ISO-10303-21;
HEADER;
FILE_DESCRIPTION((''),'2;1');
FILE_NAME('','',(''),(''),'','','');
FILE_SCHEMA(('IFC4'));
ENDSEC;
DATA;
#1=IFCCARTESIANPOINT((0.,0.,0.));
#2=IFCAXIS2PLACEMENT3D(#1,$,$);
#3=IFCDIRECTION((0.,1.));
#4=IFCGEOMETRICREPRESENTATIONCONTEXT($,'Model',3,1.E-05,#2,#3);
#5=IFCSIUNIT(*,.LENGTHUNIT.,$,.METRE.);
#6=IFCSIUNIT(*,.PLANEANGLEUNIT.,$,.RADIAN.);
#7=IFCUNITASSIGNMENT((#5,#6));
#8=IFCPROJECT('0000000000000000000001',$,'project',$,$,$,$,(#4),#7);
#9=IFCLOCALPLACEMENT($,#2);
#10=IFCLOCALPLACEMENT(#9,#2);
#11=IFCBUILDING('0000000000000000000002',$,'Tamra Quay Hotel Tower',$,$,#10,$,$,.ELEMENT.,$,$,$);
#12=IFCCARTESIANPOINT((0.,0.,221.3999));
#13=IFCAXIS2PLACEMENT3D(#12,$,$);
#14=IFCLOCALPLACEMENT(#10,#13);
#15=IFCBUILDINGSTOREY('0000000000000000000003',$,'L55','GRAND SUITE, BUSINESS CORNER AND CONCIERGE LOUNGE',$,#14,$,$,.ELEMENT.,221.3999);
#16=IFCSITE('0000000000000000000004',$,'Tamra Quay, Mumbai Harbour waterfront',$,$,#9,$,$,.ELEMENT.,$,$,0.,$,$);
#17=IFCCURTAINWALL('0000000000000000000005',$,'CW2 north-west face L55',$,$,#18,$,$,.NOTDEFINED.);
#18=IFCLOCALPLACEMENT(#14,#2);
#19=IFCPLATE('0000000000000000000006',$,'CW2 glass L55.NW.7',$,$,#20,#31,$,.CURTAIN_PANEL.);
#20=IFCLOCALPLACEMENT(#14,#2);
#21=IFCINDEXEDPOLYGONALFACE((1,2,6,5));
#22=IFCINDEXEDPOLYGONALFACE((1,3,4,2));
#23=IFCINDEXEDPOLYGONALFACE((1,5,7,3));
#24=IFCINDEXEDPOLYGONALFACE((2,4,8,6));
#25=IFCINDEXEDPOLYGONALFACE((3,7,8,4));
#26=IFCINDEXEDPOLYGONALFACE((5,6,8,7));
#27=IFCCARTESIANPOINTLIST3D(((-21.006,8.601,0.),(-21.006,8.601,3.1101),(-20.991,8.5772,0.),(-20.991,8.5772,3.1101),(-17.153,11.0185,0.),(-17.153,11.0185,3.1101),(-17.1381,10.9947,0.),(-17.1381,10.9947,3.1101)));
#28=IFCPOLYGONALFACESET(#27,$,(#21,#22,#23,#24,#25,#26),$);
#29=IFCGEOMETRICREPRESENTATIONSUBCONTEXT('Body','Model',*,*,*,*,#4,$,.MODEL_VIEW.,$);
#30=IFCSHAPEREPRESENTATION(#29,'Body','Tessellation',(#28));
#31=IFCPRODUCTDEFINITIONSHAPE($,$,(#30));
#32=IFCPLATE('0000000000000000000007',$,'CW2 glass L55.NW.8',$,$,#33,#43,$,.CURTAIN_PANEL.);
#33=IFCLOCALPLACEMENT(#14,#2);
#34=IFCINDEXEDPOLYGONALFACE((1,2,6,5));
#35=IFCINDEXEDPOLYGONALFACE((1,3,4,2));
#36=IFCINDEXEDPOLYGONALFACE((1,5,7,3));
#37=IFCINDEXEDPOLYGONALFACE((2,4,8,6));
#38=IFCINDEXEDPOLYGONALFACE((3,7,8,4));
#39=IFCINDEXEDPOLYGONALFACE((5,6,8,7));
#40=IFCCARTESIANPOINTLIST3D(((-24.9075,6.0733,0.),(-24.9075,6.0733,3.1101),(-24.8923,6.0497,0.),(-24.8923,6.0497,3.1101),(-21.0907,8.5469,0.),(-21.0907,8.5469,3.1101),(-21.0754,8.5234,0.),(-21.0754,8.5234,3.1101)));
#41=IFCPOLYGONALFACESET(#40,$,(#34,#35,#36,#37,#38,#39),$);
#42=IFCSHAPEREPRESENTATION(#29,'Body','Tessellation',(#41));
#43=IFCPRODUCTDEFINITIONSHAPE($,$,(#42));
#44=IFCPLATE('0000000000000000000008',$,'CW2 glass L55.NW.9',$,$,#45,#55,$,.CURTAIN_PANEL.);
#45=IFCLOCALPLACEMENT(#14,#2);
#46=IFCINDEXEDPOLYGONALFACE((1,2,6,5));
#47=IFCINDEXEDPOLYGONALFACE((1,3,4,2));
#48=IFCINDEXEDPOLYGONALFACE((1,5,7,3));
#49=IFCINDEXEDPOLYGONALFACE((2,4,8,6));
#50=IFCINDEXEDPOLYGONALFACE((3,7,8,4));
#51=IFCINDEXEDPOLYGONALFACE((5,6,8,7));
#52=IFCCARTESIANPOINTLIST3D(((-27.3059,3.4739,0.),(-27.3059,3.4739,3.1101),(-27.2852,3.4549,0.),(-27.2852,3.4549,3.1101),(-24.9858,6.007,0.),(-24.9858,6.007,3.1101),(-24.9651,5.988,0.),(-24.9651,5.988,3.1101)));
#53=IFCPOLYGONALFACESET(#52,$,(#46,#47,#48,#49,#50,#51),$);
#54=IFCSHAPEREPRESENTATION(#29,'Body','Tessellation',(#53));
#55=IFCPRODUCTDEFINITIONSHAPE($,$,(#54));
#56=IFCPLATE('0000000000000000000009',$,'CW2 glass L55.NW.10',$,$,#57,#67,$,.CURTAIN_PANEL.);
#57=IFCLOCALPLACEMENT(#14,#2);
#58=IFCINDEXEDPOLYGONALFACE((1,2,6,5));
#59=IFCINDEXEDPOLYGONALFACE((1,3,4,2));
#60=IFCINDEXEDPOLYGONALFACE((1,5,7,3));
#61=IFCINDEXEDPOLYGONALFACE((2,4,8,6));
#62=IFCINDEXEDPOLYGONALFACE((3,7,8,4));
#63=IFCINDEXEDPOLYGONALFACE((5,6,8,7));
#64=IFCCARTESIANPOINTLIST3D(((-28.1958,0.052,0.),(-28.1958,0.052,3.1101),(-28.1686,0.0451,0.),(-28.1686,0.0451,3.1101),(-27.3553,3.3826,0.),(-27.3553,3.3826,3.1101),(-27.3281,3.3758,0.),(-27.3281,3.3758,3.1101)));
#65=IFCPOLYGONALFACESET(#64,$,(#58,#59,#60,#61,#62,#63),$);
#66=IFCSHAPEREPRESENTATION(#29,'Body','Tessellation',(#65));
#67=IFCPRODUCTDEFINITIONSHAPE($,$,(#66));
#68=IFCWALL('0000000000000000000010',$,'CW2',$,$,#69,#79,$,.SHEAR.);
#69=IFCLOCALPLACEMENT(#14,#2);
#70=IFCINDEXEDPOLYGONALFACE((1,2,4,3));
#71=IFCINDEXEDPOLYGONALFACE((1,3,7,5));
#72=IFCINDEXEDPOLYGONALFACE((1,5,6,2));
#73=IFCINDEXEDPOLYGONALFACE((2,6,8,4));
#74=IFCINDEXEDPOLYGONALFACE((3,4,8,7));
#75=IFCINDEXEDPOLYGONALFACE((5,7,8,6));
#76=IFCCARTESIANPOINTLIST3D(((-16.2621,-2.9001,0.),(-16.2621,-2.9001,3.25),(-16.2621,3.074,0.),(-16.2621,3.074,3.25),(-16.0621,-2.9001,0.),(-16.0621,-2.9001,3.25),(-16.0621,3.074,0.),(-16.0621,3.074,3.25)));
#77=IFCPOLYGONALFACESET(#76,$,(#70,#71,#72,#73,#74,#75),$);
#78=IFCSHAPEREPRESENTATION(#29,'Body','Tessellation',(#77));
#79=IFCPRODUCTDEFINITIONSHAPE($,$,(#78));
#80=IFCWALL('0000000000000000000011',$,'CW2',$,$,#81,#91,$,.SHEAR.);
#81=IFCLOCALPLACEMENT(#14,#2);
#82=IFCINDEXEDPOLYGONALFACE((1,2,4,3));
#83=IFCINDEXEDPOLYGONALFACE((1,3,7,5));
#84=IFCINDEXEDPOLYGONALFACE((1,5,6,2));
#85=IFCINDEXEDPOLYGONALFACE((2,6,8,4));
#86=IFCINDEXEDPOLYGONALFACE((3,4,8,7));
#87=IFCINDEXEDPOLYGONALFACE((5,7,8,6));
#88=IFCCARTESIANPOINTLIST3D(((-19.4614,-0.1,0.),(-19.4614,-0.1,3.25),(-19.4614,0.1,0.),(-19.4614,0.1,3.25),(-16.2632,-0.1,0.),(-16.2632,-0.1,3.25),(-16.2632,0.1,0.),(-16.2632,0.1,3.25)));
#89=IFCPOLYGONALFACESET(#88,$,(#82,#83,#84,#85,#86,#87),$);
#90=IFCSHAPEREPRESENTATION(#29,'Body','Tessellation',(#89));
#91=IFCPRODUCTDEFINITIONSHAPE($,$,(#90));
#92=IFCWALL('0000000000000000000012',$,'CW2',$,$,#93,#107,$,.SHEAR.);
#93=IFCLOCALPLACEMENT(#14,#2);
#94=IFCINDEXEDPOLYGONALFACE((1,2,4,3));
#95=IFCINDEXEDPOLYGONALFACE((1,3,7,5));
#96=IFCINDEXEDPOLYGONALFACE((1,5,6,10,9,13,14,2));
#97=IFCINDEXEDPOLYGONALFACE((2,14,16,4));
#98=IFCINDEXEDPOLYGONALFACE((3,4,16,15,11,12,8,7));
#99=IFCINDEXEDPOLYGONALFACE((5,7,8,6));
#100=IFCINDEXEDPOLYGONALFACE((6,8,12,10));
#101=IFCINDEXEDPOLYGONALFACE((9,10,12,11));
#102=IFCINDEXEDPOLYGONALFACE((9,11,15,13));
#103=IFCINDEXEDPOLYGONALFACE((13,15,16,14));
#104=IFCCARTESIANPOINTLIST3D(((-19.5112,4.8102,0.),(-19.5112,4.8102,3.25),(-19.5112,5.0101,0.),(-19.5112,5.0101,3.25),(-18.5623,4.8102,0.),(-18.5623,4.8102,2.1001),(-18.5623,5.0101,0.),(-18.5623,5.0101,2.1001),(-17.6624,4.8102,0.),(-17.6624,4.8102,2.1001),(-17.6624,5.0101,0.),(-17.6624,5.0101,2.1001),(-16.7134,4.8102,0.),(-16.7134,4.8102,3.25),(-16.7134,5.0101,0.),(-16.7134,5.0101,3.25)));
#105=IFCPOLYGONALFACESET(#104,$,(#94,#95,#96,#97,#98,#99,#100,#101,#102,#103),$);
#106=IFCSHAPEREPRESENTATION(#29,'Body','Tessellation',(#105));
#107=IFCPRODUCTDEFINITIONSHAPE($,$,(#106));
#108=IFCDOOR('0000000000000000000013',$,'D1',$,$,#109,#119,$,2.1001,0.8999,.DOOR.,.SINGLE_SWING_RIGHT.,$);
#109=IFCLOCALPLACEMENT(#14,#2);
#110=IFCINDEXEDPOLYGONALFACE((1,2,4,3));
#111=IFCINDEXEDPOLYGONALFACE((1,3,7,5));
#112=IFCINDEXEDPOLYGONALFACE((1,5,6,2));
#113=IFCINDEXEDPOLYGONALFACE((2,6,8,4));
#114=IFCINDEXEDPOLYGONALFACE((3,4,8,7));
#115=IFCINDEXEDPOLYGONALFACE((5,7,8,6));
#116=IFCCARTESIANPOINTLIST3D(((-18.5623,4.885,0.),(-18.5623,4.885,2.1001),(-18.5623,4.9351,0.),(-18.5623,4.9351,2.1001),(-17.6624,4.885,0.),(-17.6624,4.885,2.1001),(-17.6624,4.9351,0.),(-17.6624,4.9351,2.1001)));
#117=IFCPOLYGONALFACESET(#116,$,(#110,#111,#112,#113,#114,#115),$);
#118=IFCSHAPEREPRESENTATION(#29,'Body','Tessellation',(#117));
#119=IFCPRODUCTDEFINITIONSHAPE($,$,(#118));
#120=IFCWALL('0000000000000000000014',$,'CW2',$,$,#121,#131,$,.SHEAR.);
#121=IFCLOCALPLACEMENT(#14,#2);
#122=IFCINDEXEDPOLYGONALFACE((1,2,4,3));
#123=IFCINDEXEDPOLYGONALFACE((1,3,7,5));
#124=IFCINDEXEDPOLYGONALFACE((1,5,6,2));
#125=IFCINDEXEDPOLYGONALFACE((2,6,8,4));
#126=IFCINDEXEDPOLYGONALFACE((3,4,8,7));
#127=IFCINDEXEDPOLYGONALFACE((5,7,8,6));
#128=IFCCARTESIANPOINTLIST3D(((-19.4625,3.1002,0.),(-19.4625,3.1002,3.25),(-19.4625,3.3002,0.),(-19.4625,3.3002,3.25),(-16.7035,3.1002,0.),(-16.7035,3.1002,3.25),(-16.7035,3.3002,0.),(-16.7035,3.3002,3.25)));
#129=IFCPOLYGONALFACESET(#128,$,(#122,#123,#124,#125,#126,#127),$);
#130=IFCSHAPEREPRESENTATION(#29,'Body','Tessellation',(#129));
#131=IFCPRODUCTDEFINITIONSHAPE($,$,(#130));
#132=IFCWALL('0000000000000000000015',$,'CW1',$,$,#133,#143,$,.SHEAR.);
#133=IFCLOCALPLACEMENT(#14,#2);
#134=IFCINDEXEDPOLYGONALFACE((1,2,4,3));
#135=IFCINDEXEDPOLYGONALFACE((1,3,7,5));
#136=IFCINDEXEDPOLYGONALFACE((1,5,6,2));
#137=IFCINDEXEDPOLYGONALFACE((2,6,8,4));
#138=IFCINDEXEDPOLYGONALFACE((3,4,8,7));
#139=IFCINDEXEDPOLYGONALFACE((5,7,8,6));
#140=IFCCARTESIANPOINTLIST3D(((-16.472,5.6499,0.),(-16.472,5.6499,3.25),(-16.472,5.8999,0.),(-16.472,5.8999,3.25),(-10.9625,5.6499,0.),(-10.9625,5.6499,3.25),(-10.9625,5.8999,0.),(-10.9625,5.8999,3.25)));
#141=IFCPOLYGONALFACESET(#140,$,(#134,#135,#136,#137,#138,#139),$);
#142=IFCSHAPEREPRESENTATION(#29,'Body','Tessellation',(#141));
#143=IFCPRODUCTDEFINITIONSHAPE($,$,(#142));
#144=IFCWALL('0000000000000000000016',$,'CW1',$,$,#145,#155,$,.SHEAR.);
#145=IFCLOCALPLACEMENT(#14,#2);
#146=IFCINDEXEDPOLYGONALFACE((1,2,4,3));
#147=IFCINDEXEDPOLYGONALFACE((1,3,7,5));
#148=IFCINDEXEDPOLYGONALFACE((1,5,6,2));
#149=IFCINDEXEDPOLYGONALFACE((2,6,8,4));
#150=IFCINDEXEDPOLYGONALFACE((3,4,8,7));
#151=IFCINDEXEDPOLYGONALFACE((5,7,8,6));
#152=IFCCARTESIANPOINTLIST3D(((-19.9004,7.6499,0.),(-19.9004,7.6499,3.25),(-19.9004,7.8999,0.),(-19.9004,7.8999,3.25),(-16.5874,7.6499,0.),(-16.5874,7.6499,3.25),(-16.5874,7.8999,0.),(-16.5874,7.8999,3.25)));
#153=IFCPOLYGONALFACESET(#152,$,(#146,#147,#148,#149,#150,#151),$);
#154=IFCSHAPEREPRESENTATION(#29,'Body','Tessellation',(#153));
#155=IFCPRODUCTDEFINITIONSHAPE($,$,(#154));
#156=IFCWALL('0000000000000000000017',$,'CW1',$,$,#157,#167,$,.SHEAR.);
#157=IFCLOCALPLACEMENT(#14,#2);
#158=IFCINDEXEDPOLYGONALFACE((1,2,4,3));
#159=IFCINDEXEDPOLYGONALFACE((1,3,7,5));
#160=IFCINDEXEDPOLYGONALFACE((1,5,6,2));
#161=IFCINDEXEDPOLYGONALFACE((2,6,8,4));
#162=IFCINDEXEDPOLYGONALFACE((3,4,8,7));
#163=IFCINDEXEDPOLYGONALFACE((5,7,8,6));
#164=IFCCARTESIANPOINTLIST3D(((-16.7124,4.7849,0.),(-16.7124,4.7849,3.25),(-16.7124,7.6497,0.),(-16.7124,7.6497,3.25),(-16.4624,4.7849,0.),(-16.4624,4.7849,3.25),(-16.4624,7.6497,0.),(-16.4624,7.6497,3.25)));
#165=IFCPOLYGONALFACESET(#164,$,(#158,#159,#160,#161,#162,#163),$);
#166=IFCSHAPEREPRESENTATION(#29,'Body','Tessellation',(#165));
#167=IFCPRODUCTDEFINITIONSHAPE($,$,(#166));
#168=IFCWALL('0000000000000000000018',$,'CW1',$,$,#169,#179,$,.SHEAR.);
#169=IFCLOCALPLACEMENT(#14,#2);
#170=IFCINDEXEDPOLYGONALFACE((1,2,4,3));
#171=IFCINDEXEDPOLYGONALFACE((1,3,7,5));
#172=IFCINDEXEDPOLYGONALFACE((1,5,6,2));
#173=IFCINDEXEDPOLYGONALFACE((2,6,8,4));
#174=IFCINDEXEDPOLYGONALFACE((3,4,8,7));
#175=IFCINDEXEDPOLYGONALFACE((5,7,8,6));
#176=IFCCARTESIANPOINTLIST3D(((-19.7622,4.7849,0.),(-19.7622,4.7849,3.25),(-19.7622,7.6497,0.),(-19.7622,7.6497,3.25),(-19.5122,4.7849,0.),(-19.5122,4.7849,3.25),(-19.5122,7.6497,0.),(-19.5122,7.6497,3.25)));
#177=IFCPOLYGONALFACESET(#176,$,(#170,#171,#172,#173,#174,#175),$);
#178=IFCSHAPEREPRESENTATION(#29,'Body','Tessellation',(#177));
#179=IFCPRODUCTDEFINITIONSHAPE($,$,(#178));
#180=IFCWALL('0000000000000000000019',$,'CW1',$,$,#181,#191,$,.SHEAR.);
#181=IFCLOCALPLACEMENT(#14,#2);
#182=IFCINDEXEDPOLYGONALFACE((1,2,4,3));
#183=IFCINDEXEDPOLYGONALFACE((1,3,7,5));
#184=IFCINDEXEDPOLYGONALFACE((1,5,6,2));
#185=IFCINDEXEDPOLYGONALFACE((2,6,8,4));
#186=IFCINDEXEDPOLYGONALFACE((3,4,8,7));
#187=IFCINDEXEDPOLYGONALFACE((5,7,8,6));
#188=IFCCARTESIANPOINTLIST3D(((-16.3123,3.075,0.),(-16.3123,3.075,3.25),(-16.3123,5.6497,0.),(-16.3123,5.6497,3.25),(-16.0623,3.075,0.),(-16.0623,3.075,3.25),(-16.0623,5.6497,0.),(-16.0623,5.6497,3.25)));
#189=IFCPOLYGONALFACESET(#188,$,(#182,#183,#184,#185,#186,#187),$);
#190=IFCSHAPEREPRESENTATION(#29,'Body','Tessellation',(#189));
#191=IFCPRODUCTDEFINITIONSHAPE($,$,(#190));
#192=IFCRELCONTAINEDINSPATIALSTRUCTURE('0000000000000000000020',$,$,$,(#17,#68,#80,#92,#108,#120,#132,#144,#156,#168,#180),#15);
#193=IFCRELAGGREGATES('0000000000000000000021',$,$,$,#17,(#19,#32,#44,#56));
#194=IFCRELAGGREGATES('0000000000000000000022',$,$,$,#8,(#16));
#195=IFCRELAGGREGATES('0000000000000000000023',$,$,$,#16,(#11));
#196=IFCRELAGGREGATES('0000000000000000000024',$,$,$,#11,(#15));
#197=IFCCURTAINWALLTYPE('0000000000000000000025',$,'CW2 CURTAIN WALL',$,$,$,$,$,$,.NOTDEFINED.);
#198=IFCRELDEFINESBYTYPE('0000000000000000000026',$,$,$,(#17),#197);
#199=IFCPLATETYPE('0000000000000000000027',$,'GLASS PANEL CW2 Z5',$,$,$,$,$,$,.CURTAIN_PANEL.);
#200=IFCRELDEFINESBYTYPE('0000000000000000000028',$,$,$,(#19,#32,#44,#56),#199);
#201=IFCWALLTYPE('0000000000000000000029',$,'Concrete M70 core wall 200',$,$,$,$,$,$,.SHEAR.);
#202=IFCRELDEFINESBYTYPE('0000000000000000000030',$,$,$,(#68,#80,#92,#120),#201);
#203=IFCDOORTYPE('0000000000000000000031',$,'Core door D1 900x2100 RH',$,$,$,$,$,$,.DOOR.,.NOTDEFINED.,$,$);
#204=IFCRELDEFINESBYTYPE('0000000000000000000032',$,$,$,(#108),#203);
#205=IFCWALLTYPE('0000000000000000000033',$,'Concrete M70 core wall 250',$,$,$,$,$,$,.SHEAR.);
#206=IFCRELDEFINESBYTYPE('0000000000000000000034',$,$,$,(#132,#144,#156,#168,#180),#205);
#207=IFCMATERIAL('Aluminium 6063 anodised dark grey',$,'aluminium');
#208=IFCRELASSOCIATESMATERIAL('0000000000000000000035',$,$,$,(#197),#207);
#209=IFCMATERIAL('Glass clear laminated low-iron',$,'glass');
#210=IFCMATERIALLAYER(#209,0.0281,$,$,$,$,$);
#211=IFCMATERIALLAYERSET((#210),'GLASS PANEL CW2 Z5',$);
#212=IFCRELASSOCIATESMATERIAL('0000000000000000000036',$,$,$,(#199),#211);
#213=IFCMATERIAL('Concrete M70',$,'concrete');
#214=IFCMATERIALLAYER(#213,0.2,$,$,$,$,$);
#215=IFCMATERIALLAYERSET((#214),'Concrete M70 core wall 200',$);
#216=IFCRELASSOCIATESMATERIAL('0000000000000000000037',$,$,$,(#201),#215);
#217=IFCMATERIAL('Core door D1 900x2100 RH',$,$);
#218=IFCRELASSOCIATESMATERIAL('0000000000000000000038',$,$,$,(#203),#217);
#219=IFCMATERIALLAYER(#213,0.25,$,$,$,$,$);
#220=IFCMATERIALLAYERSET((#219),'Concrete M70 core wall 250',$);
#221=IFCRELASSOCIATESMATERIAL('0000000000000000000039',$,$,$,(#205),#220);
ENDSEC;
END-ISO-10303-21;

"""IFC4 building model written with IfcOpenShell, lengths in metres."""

from ifc_helpers import new_model, si_unit, direction, frame, frame_2d, origin, origin_2d, place, context, subcontext, project, spatial, rectangle, extrude, material, layer, layer_set, type_object, element, fill, aggregate, save


model = new_model("IFC4")

# Units and contexts
model_context = context("Model", 3, precision=1e-05, world=origin(), true_north=direction((0.0, 1.0)))
body_context = subcontext(model_context, "Body", "Model", "MODEL_VIEW")
ifc_project = project(units=[si_unit("LENGTHUNIT", "METRE"), si_unit("PLANEANGLEUNIT", "RADIAN")], contexts=[model_context])

# Site, building, storey
site_placement = place(None, origin())
site = spatial("IfcSite", under=ifc_project, at=site_placement, Name="Tamra Quay, Mumbai Harbour waterfront", CompositionType="ELEMENT", RefElevation=0.0)
building_placement = place(site_placement, origin())
building = spatial("IfcBuilding", under=site, at=building_placement, Name="Tamra Quay Hotel Tower", CompositionType="ELEMENT")
storey_placement = place(building_placement, frame((0.0, 0.0, 221.3999)))
storey = spatial("IfcBuildingStorey", under=building, at=storey_placement, Name="L55", Description="GRAND SUITE, BUSINESS CORNER AND CONCIERGE LOUNGE", CompositionType="ELEMENT", Elevation=221.3999)

# Shared definitions
ifc_material_1 = material(Name="Concrete M70", Category="concrete")

# Curtain wall
ifc_material_2 = material(Name="Aluminium 6063 anodised dark grey", Category="aluminium")
curtain_wall_type = type_object("IfcCurtainWallType", Name="CW2 CURTAIN WALL", PredefinedType="NOTDEFINED", material=ifc_material_2)
curtain_wall_placement = place(storey_placement, origin())
curtain_wall = element("IfcCurtainWall", 1, at=curtain_wall_placement, inside=storey, type_object=curtain_wall_type, Name="CW2 north-west face L55", PredefinedType="NOTDEFINED")

# Plates
ifc_material_3 = material(Name="Glass clear laminated low-iron", Category="glass")
ifc_layer_1 = layer(ifc_material_3, 0.0281)
ifc_layer_set_1 = layer_set([ifc_layer_1], Name="GLASS PANEL CW2 Z5")
plate_type = type_object("IfcPlateType", Name="GLASS PANEL CW2 Z5", PredefinedType="CURTAIN_PANEL", material=ifc_layer_set_1)
plate_1_placement = place(storey_placement, frame((-19.072, 9.7979, 0.0), z_axis=(0.0, 0.0, 1.0), x_axis=(-0.847068, -0.531484, 0.0)))
plate_1 = element("IfcPlate", 2, at=plate_1_placement, type_object=plate_type, Name="CW2 glass L55.NW.7", PredefinedType="CURTAIN_PANEL", context=body_context, shape_type="SweptSolid", body=[
    extrude(rectangle(XDim=4.5486, YDim=0.0281, at=origin_2d()), origin(), (0.0, 0.0, 1.0), 3.1101),
])
plate_2_placement = place(storey_placement, frame((-22.9915, 7.2983, 0.0), z_axis=(0.0, 0.0, 1.0), x_axis=(-0.839179, -0.543856, 0.0)))
plate_2 = element("IfcPlate", 3, at=plate_2_placement, type_object=plate_type, Name="CW2 glass L55.NW.8", PredefinedType="CURTAIN_PANEL", context=body_context, shape_type="SweptSolid", body=[
    extrude(rectangle(XDim=4.5483, YDim=0.0281, at=origin_2d()), origin(), (0.0, 0.0, 1.0), 3.1101),
])
plate_3_placement = place(storey_placement, frame((-26.1355, 4.731, 0.0), z_axis=(0.0, 0.0, 1.0), x_axis=(-0.675438, -0.737417, 0.0)))
plate_3 = element("IfcPlate", 4, at=plate_3_placement, type_object=plate_type, Name="CW2 glass L55.NW.9", PredefinedType="CURTAIN_PANEL", context=body_context, shape_type="SweptSolid", body=[
    extrude(rectangle(XDim=3.4351, YDim=0.0281, at=origin_2d()), origin(), (0.0, 0.0, 1.0), 3.1101),
])
plate_4_placement = place(storey_placement, frame((-27.762, 1.7139, 0.0), z_axis=(0.0, 0.0, 1.0), x_axis=(-0.244677, -0.969605, 0.0)))
plate_4 = element("IfcPlate", 5, at=plate_4_placement, type_object=plate_type, Name="CW2 glass L55.NW.10", PredefinedType="CURTAIN_PANEL", context=body_context, shape_type="SweptSolid", body=[
    extrude(rectangle(XDim=3.4351, YDim=0.0281, at=origin_2d()), origin(), (0.0, 0.0, 1.0), 3.1101),
])
aggregate(curtain_wall, [plate_1, plate_2, plate_3, plate_4])

# Walls
ifc_layer_2 = layer(ifc_material_1, 0.2)
ifc_layer_set_2 = layer_set([ifc_layer_2], Name="Concrete M70 core wall 200")
wall_type_1 = type_object("IfcWallType", Name="Concrete M70 core wall 200", PredefinedType="SHEAR", material=ifc_layer_set_2)
wall_1_placement = place(storey_placement, frame((-16.1621, 3.074, 0.0), z_axis=(0.0, 0.0, 1.0), x_axis=(0.0, -1.0, 0.0)))
element("IfcWall", 6, at=wall_1_placement, inside=storey, type_object=wall_type_1, Name="CW2", PredefinedType="SHEAR", context=body_context, shape_type="SweptSolid", body=[
    extrude(rectangle(XDim=5.9741, YDim=0.2, at=frame_2d((2.9871, 0.0))), origin(), (0.0, 0.0, 1.0), 3.25),
])
wall_2_placement = place(storey_placement, frame((-16.2632, 0.0, 0.0), z_axis=(0.0, 0.0, 1.0), x_axis=(-1.0, 0.0, 0.0)))
element("IfcWall", 7, at=wall_2_placement, inside=storey, type_object=wall_type_1, Name="CW2", PredefinedType="SHEAR", context=body_context, shape_type="SweptSolid", body=[
    extrude(rectangle(XDim=3.1982, YDim=0.2, at=frame_2d((1.5991, 0.0))), origin(), (0.0, 0.0, 1.0), 3.25),
])

# Wall, opening, door
wall_3_placement = place(storey_placement, frame((-19.5112, 4.9102, 0.0), z_axis=(0.0, 0.0, 1.0), x_axis=(1.0, 0.0, 0.0)))
wall_3 = element("IfcWall", 8, at=wall_3_placement, inside=storey, type_object=wall_type_1, Name="CW2", PredefinedType="SHEAR", context=body_context, shape_type="SweptSolid", body=[
    extrude(rectangle(XDim=2.7979, YDim=0.2, at=frame_2d((1.3989, 0.0))), origin(), (0.0, 0.0, 1.0), 3.25),
])
opening_placement = place(wall_3_placement, frame((0.949, 0.0, 0.0)))
opening = element("IfcOpeningElement", 9, at=opening_placement, cuts=wall_3, PredefinedType="OPENING", context=body_context, shape_type="SweptSolid", body=[
    extrude(rectangle(XDim=0.8999, YDim=2.1001, at=frame_2d((0.45, 1.05))), frame((0.0, 0.1099, 0.0), z_axis=(0.0, -1.0, 0.0), x_axis=(1.0, 0.0, 0.0)), (0.0, 0.0, 1.0), 0.22),
])
ifc_material_4 = material(Name="Core door D1 900x2100 RH")
door_type = type_object("IfcDoorType", Name="Core door D1 900x2100 RH", OperationType="NOTDEFINED", PredefinedType="DOOR", material=ifc_material_4)
door_placement = place(opening_placement, origin())
door = element("IfcDoor", 10, at=door_placement, inside=storey, type_object=door_type, Name="D1", OperationType="SINGLE_SWING_RIGHT", OverallHeight=2.1001, OverallWidth=0.8999, PredefinedType="DOOR", context=body_context, shape_type="SweptSolid", body=[
    extrude(rectangle(XDim=0.8999, YDim=2.1001, at=frame_2d((0.45, 1.05))), frame((0.0, 0.0249, 0.0), z_axis=(0.0, -1.0, 0.0), x_axis=(1.0, 0.0, 0.0)), (0.0, 0.0, 1.0), 0.05),
])
fill(opening, door)

# Walls
wall_4_placement = place(storey_placement, frame((-19.4624, 3.2002, 0.0), z_axis=(0.0, 0.0, 1.0), x_axis=(1.0, 0.0, 0.0)))
element("IfcWall", 11, at=wall_4_placement, inside=storey, type_object=wall_type_1, Name="CW2", PredefinedType="SHEAR", context=body_context, shape_type="SweptSolid", body=[
    extrude(rectangle(XDim=2.759, YDim=0.2, at=frame_2d((1.3794, 0.0))), origin(), (0.0, 0.0, 1.0), 3.25),
])
ifc_layer_3 = layer(ifc_material_1, 0.25)
ifc_layer_set_3 = layer_set([ifc_layer_3], Name="Concrete M70 core wall 250")
wall_type_2 = type_object("IfcWallType", Name="Concrete M70 core wall 250", PredefinedType="SHEAR", material=ifc_layer_set_3)
wall_5_placement = place(storey_placement, frame((-16.4722, 5.7749, 0.0), z_axis=(0.0, 0.0, 1.0), x_axis=(1.0, 0.0, 0.0)))
element("IfcWall", 12, at=wall_5_placement, inside=storey, type_object=wall_type_2, Name="CW1", PredefinedType="SHEAR", context=body_context, shape_type="SweptSolid", body=[
    extrude(rectangle(XDim=5.5095, YDim=0.25, at=frame_2d((2.7549, 0.0))), origin(), (0.0, 0.0, 1.0), 3.25),
])
wall_6_placement = place(storey_placement, frame((-19.9004, 7.7749, 0.0), z_axis=(0.0, 0.0, 1.0), x_axis=(1.0, 0.0, 0.0)))
element("IfcWall", 13, at=wall_6_placement, inside=storey, type_object=wall_type_2, Name="CW1", PredefinedType="SHEAR", context=body_context, shape_type="SweptSolid", body=[
    extrude(rectangle(XDim=3.313, YDim=0.25, at=frame_2d((1.6565, 0.0))), origin(), (0.0, 0.0, 1.0), 3.25),
])
for number, where, z_axis, x_axis, name in (
    (14, (-16.5874, 7.6497, 0.0), (0.0, 0.0, 1.0), (0.0, -1.0, 0.0), "CW1"),
    (15, (-19.6372, 4.7849, 0.0), (0.0, 0.0, 1.0), (0.0, 1.0, 0.0), "CW1"),
):
    element("IfcWall", number, at=place(storey_placement, frame(where, z_axis=z_axis, x_axis=x_axis)), inside=storey, type_object=wall_type_2, Name=name, PredefinedType="SHEAR", context=body_context, shape_type="SweptSolid", body=[
        extrude(rectangle(XDim=2.8647, YDim=0.25, at=frame_2d((1.4324, 0.0))), origin(), (0.0, 0.0, 1.0), 3.25),
    ])
wall_7_placement = place(storey_placement, frame((-16.1873, 3.075, 0.0), z_axis=(0.0, 0.0, 1.0), x_axis=(0.0, 1.0, 0.0)))
element("IfcWall", 16, at=wall_7_placement, inside=storey, type_object=wall_type_2, Name="CW1", PredefinedType="SHEAR", context=body_context, shape_type="SweptSolid", body=[
    extrude(rectangle(XDim=2.5747, YDim=0.25, at=frame_2d((1.2874, 0.0))), origin(), (0.0, 0.0, 1.0), 3.25),
])

save(model, "model.ifc")
